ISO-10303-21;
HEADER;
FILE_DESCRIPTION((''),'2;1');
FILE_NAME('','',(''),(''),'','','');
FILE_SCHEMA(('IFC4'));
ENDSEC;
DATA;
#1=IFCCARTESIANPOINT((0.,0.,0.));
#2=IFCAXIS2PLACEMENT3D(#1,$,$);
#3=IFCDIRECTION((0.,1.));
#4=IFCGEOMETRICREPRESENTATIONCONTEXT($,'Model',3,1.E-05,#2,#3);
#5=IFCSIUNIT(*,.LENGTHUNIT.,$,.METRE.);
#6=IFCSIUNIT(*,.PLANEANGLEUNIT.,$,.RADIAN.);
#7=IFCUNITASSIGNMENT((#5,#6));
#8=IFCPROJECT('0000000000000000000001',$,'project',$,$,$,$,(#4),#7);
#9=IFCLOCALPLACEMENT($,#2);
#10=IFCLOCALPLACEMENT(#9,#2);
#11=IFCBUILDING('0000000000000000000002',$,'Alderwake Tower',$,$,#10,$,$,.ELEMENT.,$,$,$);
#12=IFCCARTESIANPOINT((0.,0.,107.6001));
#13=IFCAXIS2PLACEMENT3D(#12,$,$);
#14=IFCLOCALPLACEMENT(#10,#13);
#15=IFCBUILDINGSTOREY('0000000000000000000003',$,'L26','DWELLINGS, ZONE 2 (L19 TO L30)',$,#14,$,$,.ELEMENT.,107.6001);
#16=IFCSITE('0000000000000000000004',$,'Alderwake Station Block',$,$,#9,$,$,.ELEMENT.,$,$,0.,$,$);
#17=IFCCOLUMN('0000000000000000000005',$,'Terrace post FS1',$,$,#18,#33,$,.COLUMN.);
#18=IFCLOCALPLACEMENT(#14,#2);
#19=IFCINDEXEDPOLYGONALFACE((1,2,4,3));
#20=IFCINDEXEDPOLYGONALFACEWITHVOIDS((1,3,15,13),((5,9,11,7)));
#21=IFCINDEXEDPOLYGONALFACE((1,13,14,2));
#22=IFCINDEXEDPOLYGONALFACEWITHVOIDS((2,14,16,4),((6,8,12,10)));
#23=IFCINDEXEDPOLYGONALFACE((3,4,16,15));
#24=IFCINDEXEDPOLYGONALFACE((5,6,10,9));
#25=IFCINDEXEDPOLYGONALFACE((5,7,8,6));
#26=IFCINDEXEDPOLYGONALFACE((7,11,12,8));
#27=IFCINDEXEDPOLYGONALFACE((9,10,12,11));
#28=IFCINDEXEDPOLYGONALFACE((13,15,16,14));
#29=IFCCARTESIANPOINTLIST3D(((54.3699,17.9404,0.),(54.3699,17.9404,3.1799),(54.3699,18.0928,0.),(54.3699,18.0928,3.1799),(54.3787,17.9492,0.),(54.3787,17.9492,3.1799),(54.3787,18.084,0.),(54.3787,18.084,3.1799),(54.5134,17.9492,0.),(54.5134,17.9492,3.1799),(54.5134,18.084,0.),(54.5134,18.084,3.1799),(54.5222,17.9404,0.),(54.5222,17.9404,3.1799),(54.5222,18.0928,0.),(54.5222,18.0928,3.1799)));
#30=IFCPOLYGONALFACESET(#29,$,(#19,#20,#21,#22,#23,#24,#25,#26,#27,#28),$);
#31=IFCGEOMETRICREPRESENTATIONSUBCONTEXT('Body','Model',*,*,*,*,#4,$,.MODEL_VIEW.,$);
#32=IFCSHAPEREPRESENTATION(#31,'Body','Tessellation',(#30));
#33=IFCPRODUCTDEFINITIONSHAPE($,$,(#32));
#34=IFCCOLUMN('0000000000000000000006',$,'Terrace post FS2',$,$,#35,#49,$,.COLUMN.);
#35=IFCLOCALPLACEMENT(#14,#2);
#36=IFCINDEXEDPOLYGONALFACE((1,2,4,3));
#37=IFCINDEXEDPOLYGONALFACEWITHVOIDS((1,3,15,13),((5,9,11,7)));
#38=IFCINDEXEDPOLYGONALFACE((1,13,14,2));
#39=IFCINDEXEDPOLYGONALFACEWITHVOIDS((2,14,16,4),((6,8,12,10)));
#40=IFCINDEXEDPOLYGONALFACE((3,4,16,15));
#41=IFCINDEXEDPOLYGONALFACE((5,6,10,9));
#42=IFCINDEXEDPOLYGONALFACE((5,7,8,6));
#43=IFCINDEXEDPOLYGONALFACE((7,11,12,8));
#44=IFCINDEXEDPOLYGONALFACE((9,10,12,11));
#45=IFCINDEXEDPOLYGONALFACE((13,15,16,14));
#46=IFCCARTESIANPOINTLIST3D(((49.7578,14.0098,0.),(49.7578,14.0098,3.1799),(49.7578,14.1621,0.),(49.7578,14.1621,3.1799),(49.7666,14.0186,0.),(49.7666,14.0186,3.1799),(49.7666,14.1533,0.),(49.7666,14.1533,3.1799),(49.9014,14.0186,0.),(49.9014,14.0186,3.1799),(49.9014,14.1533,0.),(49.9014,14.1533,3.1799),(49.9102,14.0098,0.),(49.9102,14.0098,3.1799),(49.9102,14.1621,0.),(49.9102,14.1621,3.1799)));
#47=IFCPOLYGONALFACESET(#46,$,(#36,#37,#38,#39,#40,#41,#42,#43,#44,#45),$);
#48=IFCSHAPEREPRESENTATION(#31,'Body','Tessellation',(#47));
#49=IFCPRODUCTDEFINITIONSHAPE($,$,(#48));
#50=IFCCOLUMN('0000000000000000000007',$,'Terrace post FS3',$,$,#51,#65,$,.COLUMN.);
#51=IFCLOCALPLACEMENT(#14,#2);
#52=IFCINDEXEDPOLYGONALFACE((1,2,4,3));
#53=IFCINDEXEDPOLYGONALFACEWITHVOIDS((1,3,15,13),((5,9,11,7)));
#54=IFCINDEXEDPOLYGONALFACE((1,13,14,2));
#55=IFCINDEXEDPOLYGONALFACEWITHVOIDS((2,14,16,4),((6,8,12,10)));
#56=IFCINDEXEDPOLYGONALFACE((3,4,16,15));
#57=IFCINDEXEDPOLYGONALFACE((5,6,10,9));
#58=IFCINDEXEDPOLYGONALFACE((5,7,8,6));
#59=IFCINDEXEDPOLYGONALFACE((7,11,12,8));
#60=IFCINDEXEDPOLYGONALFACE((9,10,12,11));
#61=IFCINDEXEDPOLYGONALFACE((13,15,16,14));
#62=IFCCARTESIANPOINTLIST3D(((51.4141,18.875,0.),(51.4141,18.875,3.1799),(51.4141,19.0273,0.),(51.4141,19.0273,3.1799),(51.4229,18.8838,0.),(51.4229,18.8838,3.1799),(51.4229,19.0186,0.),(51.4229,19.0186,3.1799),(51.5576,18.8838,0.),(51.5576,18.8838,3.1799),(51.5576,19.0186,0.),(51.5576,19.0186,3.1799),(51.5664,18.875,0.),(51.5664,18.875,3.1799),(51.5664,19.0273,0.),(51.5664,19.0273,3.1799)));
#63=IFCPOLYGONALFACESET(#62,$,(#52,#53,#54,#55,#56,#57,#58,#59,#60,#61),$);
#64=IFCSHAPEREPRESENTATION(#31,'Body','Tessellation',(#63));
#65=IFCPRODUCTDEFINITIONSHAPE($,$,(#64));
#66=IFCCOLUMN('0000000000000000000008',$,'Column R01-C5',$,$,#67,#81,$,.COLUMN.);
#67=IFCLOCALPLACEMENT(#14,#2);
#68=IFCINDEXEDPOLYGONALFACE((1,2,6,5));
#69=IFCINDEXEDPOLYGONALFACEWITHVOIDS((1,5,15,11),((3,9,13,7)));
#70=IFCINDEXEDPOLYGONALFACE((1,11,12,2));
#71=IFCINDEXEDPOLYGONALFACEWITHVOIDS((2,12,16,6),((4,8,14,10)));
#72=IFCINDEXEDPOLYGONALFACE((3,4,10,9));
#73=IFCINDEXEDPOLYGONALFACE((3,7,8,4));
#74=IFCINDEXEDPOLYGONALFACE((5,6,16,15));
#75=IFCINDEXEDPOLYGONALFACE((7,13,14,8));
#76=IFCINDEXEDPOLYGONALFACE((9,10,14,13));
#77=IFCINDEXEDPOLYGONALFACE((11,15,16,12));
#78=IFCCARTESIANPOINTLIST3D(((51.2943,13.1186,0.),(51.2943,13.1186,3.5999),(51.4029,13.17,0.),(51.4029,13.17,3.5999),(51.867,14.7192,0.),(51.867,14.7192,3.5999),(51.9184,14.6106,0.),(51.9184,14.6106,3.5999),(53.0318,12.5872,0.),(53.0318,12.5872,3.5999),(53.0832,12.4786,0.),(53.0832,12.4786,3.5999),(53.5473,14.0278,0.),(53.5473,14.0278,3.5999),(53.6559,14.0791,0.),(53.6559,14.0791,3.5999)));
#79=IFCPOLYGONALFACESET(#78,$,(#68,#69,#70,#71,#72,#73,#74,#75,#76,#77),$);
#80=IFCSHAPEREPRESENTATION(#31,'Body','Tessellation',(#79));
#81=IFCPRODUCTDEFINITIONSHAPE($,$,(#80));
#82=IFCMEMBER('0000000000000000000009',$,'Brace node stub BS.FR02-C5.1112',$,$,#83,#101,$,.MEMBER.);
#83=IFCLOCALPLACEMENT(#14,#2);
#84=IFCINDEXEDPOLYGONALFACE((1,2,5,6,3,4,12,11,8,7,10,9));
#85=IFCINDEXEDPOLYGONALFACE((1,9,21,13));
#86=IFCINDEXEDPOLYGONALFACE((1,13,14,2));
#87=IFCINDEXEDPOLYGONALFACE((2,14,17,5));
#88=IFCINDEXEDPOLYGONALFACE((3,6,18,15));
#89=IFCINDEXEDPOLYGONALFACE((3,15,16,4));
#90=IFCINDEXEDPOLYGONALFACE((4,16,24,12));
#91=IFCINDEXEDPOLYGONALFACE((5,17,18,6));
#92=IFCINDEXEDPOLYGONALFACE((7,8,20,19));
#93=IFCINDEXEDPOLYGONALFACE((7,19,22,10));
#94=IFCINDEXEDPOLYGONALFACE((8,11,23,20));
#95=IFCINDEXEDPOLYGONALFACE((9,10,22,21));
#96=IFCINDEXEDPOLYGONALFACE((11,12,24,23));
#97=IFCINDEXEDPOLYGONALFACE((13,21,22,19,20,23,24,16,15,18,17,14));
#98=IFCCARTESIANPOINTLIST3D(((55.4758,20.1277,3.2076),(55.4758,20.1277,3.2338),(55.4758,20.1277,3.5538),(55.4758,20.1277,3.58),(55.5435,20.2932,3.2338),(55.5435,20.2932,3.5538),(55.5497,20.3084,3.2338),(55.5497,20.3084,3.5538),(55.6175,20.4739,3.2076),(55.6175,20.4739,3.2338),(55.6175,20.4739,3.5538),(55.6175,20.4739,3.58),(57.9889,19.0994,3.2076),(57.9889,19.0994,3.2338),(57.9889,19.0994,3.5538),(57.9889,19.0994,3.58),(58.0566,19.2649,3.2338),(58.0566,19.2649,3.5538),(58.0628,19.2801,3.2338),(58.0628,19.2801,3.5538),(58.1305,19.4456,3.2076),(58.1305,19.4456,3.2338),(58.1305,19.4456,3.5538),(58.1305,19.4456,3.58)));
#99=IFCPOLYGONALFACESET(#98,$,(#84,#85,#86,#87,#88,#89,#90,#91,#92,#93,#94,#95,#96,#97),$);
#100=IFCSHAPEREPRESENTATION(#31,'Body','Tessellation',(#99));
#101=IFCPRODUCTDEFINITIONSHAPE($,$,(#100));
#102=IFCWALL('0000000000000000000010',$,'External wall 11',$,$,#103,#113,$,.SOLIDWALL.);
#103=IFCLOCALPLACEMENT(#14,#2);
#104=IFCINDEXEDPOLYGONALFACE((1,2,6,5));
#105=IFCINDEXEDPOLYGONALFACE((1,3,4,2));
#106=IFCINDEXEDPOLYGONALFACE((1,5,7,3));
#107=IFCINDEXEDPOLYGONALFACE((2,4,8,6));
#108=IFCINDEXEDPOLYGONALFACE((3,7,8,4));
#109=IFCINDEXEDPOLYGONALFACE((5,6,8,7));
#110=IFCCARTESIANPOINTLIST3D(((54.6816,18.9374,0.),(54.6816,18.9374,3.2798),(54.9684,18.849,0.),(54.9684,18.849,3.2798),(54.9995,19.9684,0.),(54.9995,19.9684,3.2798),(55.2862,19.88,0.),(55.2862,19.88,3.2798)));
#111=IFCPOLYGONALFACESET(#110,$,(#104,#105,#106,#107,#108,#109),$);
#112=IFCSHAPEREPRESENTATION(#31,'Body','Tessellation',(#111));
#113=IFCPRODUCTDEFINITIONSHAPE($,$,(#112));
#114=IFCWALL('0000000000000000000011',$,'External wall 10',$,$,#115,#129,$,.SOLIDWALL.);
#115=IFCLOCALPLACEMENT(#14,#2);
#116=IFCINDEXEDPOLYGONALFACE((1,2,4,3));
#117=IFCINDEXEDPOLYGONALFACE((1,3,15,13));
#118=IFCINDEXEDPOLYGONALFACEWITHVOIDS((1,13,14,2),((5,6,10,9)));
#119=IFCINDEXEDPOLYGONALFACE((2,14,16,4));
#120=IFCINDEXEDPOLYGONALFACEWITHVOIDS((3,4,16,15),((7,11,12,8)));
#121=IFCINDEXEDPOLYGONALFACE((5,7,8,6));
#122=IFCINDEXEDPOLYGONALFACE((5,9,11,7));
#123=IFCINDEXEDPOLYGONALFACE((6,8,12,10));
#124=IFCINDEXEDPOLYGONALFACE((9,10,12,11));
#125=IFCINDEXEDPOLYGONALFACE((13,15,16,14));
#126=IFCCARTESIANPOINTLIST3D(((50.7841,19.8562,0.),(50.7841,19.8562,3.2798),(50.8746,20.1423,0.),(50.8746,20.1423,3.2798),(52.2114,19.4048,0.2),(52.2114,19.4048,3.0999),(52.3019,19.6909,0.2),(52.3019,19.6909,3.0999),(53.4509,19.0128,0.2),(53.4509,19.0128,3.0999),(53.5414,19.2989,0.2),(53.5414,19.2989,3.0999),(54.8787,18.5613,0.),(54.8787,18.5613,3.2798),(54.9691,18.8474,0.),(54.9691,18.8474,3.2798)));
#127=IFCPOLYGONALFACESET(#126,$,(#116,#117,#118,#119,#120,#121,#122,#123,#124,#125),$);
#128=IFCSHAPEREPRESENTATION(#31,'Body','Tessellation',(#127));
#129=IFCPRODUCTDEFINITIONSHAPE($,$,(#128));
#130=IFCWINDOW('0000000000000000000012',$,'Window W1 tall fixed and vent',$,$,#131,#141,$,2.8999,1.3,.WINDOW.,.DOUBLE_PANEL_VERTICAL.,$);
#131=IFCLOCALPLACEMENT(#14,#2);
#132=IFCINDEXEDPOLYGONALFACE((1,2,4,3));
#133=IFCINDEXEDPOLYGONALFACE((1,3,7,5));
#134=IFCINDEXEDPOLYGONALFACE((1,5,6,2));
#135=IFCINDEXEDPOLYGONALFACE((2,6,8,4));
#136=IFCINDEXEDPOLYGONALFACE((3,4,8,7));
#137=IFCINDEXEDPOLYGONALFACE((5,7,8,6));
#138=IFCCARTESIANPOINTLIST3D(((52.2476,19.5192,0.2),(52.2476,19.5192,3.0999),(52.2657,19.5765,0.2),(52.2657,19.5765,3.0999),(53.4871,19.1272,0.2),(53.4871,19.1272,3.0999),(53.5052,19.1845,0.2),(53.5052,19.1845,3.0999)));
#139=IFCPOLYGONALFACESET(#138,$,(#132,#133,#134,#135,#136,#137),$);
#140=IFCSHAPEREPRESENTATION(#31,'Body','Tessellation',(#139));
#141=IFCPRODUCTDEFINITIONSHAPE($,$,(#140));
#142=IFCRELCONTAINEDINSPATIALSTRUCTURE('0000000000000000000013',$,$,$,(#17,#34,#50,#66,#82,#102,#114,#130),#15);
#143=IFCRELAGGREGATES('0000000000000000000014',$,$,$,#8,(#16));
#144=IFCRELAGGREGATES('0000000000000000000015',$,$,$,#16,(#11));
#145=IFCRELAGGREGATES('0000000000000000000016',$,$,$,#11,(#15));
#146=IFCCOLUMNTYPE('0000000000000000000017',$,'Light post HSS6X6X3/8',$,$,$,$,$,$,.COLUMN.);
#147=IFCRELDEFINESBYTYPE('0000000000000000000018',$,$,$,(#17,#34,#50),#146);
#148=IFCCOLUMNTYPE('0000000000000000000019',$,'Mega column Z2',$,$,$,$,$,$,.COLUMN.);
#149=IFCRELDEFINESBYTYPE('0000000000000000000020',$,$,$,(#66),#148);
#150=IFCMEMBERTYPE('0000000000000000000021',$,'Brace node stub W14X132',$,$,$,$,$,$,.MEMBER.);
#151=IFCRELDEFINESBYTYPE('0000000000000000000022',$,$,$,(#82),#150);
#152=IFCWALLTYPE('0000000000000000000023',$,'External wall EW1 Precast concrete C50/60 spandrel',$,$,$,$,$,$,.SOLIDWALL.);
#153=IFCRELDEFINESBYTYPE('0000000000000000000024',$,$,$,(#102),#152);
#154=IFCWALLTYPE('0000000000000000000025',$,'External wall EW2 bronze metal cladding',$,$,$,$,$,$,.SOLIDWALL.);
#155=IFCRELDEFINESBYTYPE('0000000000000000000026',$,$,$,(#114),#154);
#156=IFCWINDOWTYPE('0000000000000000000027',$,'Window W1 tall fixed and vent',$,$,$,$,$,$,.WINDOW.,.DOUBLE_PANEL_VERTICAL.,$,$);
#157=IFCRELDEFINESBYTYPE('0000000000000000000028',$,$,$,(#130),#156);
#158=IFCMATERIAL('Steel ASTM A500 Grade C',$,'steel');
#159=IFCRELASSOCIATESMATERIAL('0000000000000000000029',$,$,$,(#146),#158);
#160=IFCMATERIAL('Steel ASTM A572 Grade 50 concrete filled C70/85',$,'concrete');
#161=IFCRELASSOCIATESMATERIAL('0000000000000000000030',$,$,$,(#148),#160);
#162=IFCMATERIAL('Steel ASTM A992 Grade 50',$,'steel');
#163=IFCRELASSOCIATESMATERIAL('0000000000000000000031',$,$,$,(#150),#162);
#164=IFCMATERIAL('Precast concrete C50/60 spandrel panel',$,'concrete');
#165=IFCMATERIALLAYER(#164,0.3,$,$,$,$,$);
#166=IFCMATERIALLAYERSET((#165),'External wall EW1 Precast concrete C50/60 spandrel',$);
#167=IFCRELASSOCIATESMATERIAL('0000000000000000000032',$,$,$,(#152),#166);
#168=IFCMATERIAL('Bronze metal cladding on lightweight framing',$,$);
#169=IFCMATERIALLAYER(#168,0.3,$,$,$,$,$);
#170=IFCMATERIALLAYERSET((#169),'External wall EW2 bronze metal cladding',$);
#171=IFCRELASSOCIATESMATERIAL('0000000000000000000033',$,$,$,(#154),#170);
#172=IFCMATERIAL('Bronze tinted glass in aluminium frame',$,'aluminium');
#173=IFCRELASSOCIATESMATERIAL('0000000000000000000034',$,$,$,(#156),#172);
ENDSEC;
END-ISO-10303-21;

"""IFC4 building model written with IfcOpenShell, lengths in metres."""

from ifc_helpers import new_model, si_unit, direction, frame, frame_2d, origin, origin_2d, place, context, subcontext, project, spatial, rectangle, hollow_rectangle, i_section, extrude, material, layer, layer_set, material_profile, profile_set, type_object, element, fill, save


model = new_model("IFC4")

# Units and contexts
model_context = context("Model", 3, precision=1e-05, world=origin(), true_north=direction((0.0, 1.0)))
body_context = subcontext(model_context, "Body", "Model", "MODEL_VIEW")
ifc_project = project(units=[si_unit("LENGTHUNIT", "METRE"), si_unit("PLANEANGLEUNIT", "RADIAN")], contexts=[model_context])

# Site, building, storey
site_placement = place(None, origin())
site = spatial("IfcSite", under=ifc_project, at=site_placement, Name="Alderwake Station Block", CompositionType="ELEMENT", RefElevation=0.0)
building_placement = place(site_placement, origin())
building = spatial("IfcBuilding", under=site, at=building_placement, Name="Alderwake Tower", CompositionType="ELEMENT")
storey_placement = place(building_placement, frame((0.0, 0.0, 107.6001)))
storey = spatial("IfcBuildingStorey", under=building, at=storey_placement, Name="L26", Description="DWELLINGS, ZONE 2 (L19 TO L30)", CompositionType="ELEMENT", Elevation=107.6001)

# Columns
ifc_material_1 = material(Name="Steel ASTM A500 Grade C", Category="steel")
ifc_material_profile_1 = material_profile(ifc_material_1, hollow_rectangle(XDim=0.1523, YDim=0.1523, WallThickness=0.0088, at=origin_2d()), Name="HSS6X6X3/8")
ifc_profile_set_1 = profile_set([ifc_material_profile_1], Name="Steel ASTM A500 Grade C")
column_type_1 = type_object("IfcColumnType", Name="Light post HSS6X6X3/8", PredefinedType="COLUMN", material=ifc_profile_set_1)
for number, where, z_axis, x_axis, name in (
    (1, (54.446, 18.0166, 0.0), (0.0, 0.0, 1.0), (1.0, 0.0, 0.0), "Terrace post FS1"),
    (2, (49.834, 14.0859, 0.0), (0.0, 0.0, 1.0), (1.0, 0.0, 0.0), "Terrace post FS2"),
    (3, (51.4902, 18.9512, 0.0), (0.0, 0.0, 1.0), (1.0, 0.0, 0.0), "Terrace post FS3"),
):
    element("IfcColumn", number, at=place(storey_placement, frame(where, z_axis=z_axis, x_axis=x_axis)), inside=storey, type_object=column_type_1, Name=name, PredefinedType="COLUMN", context=body_context, shape_type="SweptSolid", body=[
        extrude(hollow_rectangle(XDim=0.1523, YDim=0.1523, WallThickness=0.0088, at=origin_2d()), origin(), (0.0, 0.0, 1.0), 3.1799),
    ])
ifc_material_2 = material(Name="Steel ASTM A572 Grade 50 concrete filled C70/85", Category="concrete")
ifc_material_profile_2 = material_profile(ifc_material_2, hollow_rectangle(XDim=1.7, YDim=1.8999, WallThickness=0.085, at=origin_2d()), Name="BOX 1900X1700X85")
ifc_profile_set_2 = profile_set([ifc_material_profile_2], Name="Steel ASTM A572 Grade 50 concrete filled C70/85")
column_type_2 = type_object("IfcColumnType", Name="Mega column Z2", PredefinedType="COLUMN", material=ifc_profile_set_2)
column_placement = place(storey_placement, frame((52.4751, 13.5989, 0.0), z_axis=(0.0, 0.0, 1.0), x_axis=(0.336895, 0.941542, 0.0)))
element("IfcColumn", 4, at=column_placement, inside=storey, type_object=column_type_2, Name="Column R01-C5", PredefinedType="COLUMN", context=body_context, shape_type="SweptSolid", body=[
    extrude(hollow_rectangle(XDim=1.7, YDim=1.8999, WallThickness=0.085, at=origin_2d()), origin(), (0.0, 0.0, 1.0), 3.5999),
])

# Member
ifc_material_3 = material(Name="Steel ASTM A992 Grade 50", Category="steel")
ifc_material_profile_3 = material_profile(ifc_material_3, i_section(OverallWidth=0.374, OverallDepth=0.3723, WebThickness=0.0164, FlangeThickness=0.0261, at=origin_2d()), Name="W14X132")
ifc_profile_set_3 = profile_set([ifc_material_profile_3], Name="Steel ASTM A992 Grade 50")
member_type = type_object("IfcMemberType", Name="Brace node stub W14X132", PredefinedType="MEMBER", material=ifc_profile_set_3)
member_placement = place(storey_placement, frame((55.5466, 20.3008, 3.3938), z_axis=(0.925521, -0.378696, 0.0), x_axis=(0.378696, 0.925521, 0.0)))
element("IfcMember", 5, at=member_placement, inside=storey, type_object=member_type, Name="Brace node stub BS.FR02-C5.1112", PredefinedType="MEMBER", context=body_context, shape_type="SweptSolid", body=[
    extrude(i_section(OverallWidth=0.374, OverallDepth=0.3723, WebThickness=0.0164, FlangeThickness=0.0261, at=origin_2d()), origin(), (0.0, 0.0, 1.0), 2.7153),
])

# Wall
ifc_material_4 = material(Name="Precast concrete C50/60 spandrel panel", Category="concrete")
ifc_layer_1 = layer(ifc_material_4, 0.3)
ifc_layer_set_1 = layer_set([ifc_layer_1], Name="External wall EW1 Precast concrete C50/60 spandrel")
wall_type_1 = type_object("IfcWallType", Name="External wall EW1 Precast concrete C50/60 spandrel", PredefinedType="SOLIDWALL", material=ifc_layer_set_1)
wall_1_placement = place(storey_placement, frame((54.825, 18.8931, 0.0), z_axis=(0.0, 0.0, 1.0), x_axis=(0.294626, 0.955613, 0.0)))
element("IfcWall", 6, at=wall_1_placement, inside=storey, type_object=wall_type_1, Name="External wall 11", PredefinedType="SOLIDWALL", context=body_context, shape_type="SweptSolid", body=[
    extrude(rectangle(XDim=1.0789, YDim=0.3, at=frame_2d((0.5396, 0.0))), origin(), (0.0, 0.0, 1.0), 3.2798),
])

# Shared definitions
ifc_material_5 = material(Name="Bronze metal cladding on lightweight framing")
ifc_layer_2 = layer(ifc_material_5, 0.3)
ifc_layer_set_2 = layer_set([ifc_layer_2], Name="External wall EW2 bronze metal cladding")
wall_type_2 = type_object("IfcWallType", Name="External wall EW2 bronze metal cladding", PredefinedType="SOLIDWALL", material=ifc_layer_set_2)
ifc_material_6 = material(Name="Bronze tinted glass in aluminium frame", Category="aluminium")
window_type = type_object("IfcWindowType", Name="Window W1 tall fixed and vent", PartitioningType="DOUBLE_PANEL_VERTICAL", PredefinedType="WINDOW", material=ifc_material_6)

# Wall, opening, window
wall_2_placement = place(storey_placement, frame((50.8293, 19.9993, 0.0), z_axis=(0.0, 0.0, 1.0), x_axis=(0.953454, -0.301539, 0.0)))
wall_2 = element("IfcWall", 7, at=wall_2_placement, inside=storey, type_object=wall_type_2, Name="External wall 10", PredefinedType="SOLIDWALL", context=body_context, shape_type="SweptSolid", body=[
    extrude(rectangle(XDim=4.2944, YDim=0.3, at=frame_2d((2.1472, 0.0))), origin(), (0.0, 0.0, 1.0), 3.2798),
])
opening_1_placement = place(wall_2_placement, frame((1.4971, 0.0, 0.2)))
opening_1 = element("IfcOpeningElement", 8, at=opening_1_placement, cuts=wall_2, PredefinedType="OPENING", context=body_context, shape_type="SweptSolid", body=[
    extrude(rectangle(XDim=1.3, YDim=2.8999, at=frame_2d((0.6499, 1.45))), frame((0.0, 0.1599, 0.0), z_axis=(0.0, -1.0, 0.0), x_axis=(1.0, 0.0, 0.0)), (0.0, 0.0, 1.0), 0.3201),
])
window_1_placement = place(opening_1_placement, origin())
window_1 = element("IfcWindow", 9, at=window_1_placement, inside=storey, type_object=window_type, Name="Window W1 tall fixed and vent", OverallHeight=2.8999, OverallWidth=1.3, PartitioningType="DOUBLE_PANEL_VERTICAL", PredefinedType="WINDOW", context=body_context, shape_type="SweptSolid", body=[
    extrude(rectangle(XDim=1.3, YDim=2.8999, at=frame_2d((0.6499, 1.45))), frame((0.0, 0.03, 0.0), z_axis=(0.0, -1.0, 0.0), x_axis=(1.0, 0.0, 0.0)), (0.0, 0.0, 1.0), 0.0601),
])
fill(opening_1, window_1)

save(model, "model.ifc")
